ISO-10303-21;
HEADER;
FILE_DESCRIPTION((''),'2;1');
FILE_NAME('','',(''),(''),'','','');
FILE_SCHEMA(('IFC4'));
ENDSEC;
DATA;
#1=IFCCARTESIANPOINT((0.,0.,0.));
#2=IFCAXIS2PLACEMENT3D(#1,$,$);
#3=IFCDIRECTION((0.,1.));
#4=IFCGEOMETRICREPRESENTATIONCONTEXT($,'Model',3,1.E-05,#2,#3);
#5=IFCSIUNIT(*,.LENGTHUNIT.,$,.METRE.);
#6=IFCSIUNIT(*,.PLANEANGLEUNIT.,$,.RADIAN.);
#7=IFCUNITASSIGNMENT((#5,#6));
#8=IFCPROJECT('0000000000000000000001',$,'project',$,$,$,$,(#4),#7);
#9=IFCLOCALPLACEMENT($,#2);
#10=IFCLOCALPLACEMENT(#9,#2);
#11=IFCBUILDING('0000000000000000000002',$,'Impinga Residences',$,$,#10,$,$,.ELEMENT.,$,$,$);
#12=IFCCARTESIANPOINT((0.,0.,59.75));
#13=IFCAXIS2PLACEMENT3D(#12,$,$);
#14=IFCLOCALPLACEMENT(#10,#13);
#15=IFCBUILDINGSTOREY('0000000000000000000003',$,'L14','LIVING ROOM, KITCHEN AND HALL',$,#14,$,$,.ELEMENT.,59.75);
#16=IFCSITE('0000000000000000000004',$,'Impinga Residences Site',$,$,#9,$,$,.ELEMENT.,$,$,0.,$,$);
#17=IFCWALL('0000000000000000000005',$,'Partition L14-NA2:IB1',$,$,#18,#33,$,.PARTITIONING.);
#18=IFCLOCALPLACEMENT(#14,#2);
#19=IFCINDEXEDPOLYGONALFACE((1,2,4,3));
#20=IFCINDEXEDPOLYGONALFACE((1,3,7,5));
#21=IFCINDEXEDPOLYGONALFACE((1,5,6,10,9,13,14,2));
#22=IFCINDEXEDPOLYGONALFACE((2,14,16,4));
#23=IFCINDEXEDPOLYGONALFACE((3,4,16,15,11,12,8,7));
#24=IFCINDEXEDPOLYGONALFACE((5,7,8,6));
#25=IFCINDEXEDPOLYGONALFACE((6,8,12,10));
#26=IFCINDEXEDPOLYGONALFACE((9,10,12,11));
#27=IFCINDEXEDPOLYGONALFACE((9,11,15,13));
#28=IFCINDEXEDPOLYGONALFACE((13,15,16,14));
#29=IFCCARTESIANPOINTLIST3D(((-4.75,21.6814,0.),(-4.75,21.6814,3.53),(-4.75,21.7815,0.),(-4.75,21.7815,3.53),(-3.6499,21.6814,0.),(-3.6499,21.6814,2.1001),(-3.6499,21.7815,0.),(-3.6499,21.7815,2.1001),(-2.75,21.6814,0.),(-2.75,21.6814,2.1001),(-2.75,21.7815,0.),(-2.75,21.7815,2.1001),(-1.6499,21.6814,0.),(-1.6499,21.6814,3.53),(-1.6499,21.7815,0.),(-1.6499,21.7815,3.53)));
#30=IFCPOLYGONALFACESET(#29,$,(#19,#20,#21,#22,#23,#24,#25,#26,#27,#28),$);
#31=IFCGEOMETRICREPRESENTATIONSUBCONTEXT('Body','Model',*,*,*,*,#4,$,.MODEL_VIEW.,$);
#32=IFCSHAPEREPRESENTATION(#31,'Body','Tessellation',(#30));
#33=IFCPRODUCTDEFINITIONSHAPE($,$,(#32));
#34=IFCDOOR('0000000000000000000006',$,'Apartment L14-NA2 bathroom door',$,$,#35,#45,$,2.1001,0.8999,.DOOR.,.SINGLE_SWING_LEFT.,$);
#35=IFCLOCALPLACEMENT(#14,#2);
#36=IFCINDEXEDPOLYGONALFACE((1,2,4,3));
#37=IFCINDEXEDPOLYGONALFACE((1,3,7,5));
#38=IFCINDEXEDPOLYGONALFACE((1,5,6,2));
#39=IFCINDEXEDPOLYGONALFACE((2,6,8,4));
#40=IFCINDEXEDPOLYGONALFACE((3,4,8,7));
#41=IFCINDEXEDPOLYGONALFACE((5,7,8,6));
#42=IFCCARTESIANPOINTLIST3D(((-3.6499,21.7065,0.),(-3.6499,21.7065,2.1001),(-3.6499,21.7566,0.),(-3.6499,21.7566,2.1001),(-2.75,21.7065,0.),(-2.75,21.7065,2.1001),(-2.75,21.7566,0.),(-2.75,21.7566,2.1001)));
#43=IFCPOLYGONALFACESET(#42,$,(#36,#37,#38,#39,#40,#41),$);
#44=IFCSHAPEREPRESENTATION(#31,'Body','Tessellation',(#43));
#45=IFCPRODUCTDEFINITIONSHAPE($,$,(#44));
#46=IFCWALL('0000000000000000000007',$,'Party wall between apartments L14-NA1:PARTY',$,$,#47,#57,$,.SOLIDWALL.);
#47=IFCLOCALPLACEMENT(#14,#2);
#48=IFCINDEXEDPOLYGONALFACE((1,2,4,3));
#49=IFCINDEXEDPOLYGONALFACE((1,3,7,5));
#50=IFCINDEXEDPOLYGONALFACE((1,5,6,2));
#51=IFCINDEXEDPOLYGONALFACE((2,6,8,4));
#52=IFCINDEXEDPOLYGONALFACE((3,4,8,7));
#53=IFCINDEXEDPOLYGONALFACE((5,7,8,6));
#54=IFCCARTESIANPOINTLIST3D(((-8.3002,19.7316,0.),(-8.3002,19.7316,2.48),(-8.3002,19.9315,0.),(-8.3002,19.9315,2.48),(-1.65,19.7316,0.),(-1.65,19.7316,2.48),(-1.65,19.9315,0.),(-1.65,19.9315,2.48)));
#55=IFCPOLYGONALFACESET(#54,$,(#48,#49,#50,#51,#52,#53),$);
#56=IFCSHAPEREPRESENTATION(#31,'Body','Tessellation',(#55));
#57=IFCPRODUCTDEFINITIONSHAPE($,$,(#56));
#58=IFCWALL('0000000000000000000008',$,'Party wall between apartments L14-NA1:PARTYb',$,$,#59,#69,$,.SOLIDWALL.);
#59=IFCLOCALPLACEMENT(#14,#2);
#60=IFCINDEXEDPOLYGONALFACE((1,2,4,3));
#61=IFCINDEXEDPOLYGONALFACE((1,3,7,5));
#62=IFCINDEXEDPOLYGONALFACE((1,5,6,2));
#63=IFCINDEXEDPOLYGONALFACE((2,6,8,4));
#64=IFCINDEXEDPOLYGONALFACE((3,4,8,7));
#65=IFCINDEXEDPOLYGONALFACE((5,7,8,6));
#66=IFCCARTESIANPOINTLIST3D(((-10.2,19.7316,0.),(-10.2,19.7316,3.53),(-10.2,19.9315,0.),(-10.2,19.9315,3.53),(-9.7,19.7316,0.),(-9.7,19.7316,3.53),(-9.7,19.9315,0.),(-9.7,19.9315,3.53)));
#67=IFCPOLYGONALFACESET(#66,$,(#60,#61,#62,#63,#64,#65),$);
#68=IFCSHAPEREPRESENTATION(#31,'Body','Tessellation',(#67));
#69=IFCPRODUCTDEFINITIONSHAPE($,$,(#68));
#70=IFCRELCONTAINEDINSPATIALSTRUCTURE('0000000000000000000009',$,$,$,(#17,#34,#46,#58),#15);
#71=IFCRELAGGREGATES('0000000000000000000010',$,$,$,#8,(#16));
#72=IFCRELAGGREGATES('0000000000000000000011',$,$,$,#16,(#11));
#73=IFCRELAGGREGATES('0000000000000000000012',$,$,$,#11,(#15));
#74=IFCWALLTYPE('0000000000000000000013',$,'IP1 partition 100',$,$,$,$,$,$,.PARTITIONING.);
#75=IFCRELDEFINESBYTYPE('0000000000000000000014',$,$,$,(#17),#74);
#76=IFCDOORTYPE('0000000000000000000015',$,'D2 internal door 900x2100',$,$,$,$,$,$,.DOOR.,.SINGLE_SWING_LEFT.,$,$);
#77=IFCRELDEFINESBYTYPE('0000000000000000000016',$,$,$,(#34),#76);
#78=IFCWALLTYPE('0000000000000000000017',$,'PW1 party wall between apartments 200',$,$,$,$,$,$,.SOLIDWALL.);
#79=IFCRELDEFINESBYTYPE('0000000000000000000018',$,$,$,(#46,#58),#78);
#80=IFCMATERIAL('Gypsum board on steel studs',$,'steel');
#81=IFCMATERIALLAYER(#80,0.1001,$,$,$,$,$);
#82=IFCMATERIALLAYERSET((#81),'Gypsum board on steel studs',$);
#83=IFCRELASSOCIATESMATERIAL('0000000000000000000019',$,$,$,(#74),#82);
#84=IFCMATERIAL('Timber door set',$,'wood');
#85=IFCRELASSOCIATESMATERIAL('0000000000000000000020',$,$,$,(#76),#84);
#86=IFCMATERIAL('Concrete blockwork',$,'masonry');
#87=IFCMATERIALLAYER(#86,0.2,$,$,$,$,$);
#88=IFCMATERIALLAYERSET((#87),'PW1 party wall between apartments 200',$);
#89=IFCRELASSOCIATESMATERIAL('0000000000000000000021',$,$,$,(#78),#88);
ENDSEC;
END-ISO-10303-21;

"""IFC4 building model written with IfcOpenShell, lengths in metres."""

from ifc_helpers import new_model, si_unit, direction, frame, frame_2d, origin, place, context, subcontext, project, spatial, rectangle, extrude, material, layer, layer_set, type_object, element, fill, save


model = new_model("IFC4")

# Units and contexts
model_context = context("Model", 3, precision=1e-05, world=origin(), true_north=direction((0.0, 1.0)))
body_context = subcontext(model_context, "Body", "Model", "MODEL_VIEW")
ifc_project = project(units=[si_unit("LENGTHUNIT", "METRE"), si_unit("PLANEANGLEUNIT", "RADIAN")], contexts=[model_context])

# Site, building, storey
site_placement = place(None, origin())
site = spatial("IfcSite", under=ifc_project, at=site_placement, Name="Impinga Residences Site", CompositionType="ELEMENT", RefElevation=0.0)
building_placement = place(site_placement, origin())
building = spatial("IfcBuilding", under=site, at=building_placement, Name="Impinga Residences", CompositionType="ELEMENT")
storey_placement = place(building_placement, frame((0.0, 0.0, 59.75)))
storey = spatial("IfcBuildingStorey", under=building, at=storey_placement, Name="L14", Description="LIVING ROOM, KITCHEN AND HALL", CompositionType="ELEMENT", Elevation=59.75)

# Shared definitions
ifc_material_1 = material(Name="Gypsum board on steel studs", Category="steel")
ifc_layer_1 = layer(ifc_material_1, 0.1001)
ifc_layer_set_1 = layer_set([ifc_layer_1], Name="Gypsum board on steel studs")
wall_type_1 = type_object("IfcWallType", Name="IP1 partition 100", PredefinedType="PARTITIONING", material=ifc_layer_set_1)

# Shared definitions
ifc_material_2 = material(Name="Timber door set", Category="wood")
door_type = type_object("IfcDoorType", Name="D2 internal door 900x2100", OperationType="SINGLE_SWING_LEFT", PredefinedType="DOOR", material=ifc_material_2)

# Wall, opening, door
wall_1_placement = place(storey_placement, frame((-1.6499, 21.7314, 0.0), z_axis=(0.0, 0.0, 1.0), x_axis=(-1.0, 0.0, 0.0)))
wall_1 = element("IfcWall", 1, at=wall_1_placement, inside=storey, type_object=wall_type_1, Name="Partition L14-NA2:IB1", PredefinedType="PARTITIONING", context=body_context, shape_type="SweptSolid", body=[
    extrude(rectangle(XDim=3.1001, YDim=0.1001, at=frame_2d((1.55, 0.0))), origin(), (0.0, 0.0, 1.0), 3.53),
])
opening_1_placement = place(wall_1_placement, frame((1.1001, 0.0, 0.0)))
opening_1 = element("IfcOpeningElement", 2, at=opening_1_placement, cuts=wall_1, PredefinedType="OPENING", context=body_context, shape_type="SweptSolid", body=[
    extrude(rectangle(XDim=0.8999, YDim=2.1001, at=frame_2d((0.45, 1.05))), frame((0.0, 0.0601, 0.0), z_axis=(0.0, -1.0, 0.0), x_axis=(1.0, 0.0, 0.0)), (0.0, 0.0, 1.0), 0.1201),
])
door_1_placement = place(opening_1_placement, origin())
door_1 = element("IfcDoor", 3, at=door_1_placement, inside=storey, type_object=door_type, Name="Apartment L14-NA2 bathroom door", OperationType="SINGLE_SWING_LEFT", OverallHeight=2.1001, OverallWidth=0.8999, PredefinedType="DOOR", context=body_context, shape_type="SweptSolid", body=[
    extrude(rectangle(XDim=0.8999, YDim=2.1001, at=frame_2d((0.45, 1.05))), frame((0.0, 0.0249, 0.0), z_axis=(0.0, -1.0, 0.0), x_axis=(1.0, 0.0, 0.0)), (0.0, 0.0, 1.0), 0.05),
])
fill(opening_1, door_1)

# Walls
ifc_material_3 = material(Name="Concrete blockwork", Category="masonry")
ifc_layer_2 = layer(ifc_material_3, 0.2)
ifc_layer_set_2 = layer_set([ifc_layer_2], Name="PW1 party wall between apartments 200")
wall_type_2 = type_object("IfcWallType", Name="PW1 party wall between apartments 200", PredefinedType="SOLIDWALL", material=ifc_layer_set_2)
wall_2_placement = place(storey_placement, frame((-1.6499, 19.8315, 0.0), z_axis=(0.0, 0.0, 1.0), x_axis=(-1.0, 0.0, 0.0)))
element("IfcWall", 4, at=wall_2_placement, inside=storey, type_object=wall_type_2, Name="Party wall between apartments L14-NA1:PARTY", PredefinedType="SOLIDWALL", context=body_context, shape_type="SweptSolid", body=[
    extrude(rectangle(XDim=6.6501, YDim=0.2, at=frame_2d((3.3252, 0.0))), origin(), (0.0, 0.0, 1.0), 2.48),
])
wall_3_placement = place(storey_placement, frame((-9.7, 19.8315, 0.0), z_axis=(0.0, 0.0, 1.0), x_axis=(-1.0, 0.0, 0.0)))
element("IfcWall", 5, at=wall_3_placement, inside=storey, type_object=wall_type_2, Name="Party wall between apartments L14-NA1:PARTYb", PredefinedType="SOLIDWALL", context=body_context, shape_type="SweptSolid", body=[
    extrude(rectangle(XDim=0.5, YDim=0.2, at=frame_2d((0.25, 0.0))), origin(), (0.0, 0.0, 1.0), 3.53),
])

save(model, "model.ifc")
